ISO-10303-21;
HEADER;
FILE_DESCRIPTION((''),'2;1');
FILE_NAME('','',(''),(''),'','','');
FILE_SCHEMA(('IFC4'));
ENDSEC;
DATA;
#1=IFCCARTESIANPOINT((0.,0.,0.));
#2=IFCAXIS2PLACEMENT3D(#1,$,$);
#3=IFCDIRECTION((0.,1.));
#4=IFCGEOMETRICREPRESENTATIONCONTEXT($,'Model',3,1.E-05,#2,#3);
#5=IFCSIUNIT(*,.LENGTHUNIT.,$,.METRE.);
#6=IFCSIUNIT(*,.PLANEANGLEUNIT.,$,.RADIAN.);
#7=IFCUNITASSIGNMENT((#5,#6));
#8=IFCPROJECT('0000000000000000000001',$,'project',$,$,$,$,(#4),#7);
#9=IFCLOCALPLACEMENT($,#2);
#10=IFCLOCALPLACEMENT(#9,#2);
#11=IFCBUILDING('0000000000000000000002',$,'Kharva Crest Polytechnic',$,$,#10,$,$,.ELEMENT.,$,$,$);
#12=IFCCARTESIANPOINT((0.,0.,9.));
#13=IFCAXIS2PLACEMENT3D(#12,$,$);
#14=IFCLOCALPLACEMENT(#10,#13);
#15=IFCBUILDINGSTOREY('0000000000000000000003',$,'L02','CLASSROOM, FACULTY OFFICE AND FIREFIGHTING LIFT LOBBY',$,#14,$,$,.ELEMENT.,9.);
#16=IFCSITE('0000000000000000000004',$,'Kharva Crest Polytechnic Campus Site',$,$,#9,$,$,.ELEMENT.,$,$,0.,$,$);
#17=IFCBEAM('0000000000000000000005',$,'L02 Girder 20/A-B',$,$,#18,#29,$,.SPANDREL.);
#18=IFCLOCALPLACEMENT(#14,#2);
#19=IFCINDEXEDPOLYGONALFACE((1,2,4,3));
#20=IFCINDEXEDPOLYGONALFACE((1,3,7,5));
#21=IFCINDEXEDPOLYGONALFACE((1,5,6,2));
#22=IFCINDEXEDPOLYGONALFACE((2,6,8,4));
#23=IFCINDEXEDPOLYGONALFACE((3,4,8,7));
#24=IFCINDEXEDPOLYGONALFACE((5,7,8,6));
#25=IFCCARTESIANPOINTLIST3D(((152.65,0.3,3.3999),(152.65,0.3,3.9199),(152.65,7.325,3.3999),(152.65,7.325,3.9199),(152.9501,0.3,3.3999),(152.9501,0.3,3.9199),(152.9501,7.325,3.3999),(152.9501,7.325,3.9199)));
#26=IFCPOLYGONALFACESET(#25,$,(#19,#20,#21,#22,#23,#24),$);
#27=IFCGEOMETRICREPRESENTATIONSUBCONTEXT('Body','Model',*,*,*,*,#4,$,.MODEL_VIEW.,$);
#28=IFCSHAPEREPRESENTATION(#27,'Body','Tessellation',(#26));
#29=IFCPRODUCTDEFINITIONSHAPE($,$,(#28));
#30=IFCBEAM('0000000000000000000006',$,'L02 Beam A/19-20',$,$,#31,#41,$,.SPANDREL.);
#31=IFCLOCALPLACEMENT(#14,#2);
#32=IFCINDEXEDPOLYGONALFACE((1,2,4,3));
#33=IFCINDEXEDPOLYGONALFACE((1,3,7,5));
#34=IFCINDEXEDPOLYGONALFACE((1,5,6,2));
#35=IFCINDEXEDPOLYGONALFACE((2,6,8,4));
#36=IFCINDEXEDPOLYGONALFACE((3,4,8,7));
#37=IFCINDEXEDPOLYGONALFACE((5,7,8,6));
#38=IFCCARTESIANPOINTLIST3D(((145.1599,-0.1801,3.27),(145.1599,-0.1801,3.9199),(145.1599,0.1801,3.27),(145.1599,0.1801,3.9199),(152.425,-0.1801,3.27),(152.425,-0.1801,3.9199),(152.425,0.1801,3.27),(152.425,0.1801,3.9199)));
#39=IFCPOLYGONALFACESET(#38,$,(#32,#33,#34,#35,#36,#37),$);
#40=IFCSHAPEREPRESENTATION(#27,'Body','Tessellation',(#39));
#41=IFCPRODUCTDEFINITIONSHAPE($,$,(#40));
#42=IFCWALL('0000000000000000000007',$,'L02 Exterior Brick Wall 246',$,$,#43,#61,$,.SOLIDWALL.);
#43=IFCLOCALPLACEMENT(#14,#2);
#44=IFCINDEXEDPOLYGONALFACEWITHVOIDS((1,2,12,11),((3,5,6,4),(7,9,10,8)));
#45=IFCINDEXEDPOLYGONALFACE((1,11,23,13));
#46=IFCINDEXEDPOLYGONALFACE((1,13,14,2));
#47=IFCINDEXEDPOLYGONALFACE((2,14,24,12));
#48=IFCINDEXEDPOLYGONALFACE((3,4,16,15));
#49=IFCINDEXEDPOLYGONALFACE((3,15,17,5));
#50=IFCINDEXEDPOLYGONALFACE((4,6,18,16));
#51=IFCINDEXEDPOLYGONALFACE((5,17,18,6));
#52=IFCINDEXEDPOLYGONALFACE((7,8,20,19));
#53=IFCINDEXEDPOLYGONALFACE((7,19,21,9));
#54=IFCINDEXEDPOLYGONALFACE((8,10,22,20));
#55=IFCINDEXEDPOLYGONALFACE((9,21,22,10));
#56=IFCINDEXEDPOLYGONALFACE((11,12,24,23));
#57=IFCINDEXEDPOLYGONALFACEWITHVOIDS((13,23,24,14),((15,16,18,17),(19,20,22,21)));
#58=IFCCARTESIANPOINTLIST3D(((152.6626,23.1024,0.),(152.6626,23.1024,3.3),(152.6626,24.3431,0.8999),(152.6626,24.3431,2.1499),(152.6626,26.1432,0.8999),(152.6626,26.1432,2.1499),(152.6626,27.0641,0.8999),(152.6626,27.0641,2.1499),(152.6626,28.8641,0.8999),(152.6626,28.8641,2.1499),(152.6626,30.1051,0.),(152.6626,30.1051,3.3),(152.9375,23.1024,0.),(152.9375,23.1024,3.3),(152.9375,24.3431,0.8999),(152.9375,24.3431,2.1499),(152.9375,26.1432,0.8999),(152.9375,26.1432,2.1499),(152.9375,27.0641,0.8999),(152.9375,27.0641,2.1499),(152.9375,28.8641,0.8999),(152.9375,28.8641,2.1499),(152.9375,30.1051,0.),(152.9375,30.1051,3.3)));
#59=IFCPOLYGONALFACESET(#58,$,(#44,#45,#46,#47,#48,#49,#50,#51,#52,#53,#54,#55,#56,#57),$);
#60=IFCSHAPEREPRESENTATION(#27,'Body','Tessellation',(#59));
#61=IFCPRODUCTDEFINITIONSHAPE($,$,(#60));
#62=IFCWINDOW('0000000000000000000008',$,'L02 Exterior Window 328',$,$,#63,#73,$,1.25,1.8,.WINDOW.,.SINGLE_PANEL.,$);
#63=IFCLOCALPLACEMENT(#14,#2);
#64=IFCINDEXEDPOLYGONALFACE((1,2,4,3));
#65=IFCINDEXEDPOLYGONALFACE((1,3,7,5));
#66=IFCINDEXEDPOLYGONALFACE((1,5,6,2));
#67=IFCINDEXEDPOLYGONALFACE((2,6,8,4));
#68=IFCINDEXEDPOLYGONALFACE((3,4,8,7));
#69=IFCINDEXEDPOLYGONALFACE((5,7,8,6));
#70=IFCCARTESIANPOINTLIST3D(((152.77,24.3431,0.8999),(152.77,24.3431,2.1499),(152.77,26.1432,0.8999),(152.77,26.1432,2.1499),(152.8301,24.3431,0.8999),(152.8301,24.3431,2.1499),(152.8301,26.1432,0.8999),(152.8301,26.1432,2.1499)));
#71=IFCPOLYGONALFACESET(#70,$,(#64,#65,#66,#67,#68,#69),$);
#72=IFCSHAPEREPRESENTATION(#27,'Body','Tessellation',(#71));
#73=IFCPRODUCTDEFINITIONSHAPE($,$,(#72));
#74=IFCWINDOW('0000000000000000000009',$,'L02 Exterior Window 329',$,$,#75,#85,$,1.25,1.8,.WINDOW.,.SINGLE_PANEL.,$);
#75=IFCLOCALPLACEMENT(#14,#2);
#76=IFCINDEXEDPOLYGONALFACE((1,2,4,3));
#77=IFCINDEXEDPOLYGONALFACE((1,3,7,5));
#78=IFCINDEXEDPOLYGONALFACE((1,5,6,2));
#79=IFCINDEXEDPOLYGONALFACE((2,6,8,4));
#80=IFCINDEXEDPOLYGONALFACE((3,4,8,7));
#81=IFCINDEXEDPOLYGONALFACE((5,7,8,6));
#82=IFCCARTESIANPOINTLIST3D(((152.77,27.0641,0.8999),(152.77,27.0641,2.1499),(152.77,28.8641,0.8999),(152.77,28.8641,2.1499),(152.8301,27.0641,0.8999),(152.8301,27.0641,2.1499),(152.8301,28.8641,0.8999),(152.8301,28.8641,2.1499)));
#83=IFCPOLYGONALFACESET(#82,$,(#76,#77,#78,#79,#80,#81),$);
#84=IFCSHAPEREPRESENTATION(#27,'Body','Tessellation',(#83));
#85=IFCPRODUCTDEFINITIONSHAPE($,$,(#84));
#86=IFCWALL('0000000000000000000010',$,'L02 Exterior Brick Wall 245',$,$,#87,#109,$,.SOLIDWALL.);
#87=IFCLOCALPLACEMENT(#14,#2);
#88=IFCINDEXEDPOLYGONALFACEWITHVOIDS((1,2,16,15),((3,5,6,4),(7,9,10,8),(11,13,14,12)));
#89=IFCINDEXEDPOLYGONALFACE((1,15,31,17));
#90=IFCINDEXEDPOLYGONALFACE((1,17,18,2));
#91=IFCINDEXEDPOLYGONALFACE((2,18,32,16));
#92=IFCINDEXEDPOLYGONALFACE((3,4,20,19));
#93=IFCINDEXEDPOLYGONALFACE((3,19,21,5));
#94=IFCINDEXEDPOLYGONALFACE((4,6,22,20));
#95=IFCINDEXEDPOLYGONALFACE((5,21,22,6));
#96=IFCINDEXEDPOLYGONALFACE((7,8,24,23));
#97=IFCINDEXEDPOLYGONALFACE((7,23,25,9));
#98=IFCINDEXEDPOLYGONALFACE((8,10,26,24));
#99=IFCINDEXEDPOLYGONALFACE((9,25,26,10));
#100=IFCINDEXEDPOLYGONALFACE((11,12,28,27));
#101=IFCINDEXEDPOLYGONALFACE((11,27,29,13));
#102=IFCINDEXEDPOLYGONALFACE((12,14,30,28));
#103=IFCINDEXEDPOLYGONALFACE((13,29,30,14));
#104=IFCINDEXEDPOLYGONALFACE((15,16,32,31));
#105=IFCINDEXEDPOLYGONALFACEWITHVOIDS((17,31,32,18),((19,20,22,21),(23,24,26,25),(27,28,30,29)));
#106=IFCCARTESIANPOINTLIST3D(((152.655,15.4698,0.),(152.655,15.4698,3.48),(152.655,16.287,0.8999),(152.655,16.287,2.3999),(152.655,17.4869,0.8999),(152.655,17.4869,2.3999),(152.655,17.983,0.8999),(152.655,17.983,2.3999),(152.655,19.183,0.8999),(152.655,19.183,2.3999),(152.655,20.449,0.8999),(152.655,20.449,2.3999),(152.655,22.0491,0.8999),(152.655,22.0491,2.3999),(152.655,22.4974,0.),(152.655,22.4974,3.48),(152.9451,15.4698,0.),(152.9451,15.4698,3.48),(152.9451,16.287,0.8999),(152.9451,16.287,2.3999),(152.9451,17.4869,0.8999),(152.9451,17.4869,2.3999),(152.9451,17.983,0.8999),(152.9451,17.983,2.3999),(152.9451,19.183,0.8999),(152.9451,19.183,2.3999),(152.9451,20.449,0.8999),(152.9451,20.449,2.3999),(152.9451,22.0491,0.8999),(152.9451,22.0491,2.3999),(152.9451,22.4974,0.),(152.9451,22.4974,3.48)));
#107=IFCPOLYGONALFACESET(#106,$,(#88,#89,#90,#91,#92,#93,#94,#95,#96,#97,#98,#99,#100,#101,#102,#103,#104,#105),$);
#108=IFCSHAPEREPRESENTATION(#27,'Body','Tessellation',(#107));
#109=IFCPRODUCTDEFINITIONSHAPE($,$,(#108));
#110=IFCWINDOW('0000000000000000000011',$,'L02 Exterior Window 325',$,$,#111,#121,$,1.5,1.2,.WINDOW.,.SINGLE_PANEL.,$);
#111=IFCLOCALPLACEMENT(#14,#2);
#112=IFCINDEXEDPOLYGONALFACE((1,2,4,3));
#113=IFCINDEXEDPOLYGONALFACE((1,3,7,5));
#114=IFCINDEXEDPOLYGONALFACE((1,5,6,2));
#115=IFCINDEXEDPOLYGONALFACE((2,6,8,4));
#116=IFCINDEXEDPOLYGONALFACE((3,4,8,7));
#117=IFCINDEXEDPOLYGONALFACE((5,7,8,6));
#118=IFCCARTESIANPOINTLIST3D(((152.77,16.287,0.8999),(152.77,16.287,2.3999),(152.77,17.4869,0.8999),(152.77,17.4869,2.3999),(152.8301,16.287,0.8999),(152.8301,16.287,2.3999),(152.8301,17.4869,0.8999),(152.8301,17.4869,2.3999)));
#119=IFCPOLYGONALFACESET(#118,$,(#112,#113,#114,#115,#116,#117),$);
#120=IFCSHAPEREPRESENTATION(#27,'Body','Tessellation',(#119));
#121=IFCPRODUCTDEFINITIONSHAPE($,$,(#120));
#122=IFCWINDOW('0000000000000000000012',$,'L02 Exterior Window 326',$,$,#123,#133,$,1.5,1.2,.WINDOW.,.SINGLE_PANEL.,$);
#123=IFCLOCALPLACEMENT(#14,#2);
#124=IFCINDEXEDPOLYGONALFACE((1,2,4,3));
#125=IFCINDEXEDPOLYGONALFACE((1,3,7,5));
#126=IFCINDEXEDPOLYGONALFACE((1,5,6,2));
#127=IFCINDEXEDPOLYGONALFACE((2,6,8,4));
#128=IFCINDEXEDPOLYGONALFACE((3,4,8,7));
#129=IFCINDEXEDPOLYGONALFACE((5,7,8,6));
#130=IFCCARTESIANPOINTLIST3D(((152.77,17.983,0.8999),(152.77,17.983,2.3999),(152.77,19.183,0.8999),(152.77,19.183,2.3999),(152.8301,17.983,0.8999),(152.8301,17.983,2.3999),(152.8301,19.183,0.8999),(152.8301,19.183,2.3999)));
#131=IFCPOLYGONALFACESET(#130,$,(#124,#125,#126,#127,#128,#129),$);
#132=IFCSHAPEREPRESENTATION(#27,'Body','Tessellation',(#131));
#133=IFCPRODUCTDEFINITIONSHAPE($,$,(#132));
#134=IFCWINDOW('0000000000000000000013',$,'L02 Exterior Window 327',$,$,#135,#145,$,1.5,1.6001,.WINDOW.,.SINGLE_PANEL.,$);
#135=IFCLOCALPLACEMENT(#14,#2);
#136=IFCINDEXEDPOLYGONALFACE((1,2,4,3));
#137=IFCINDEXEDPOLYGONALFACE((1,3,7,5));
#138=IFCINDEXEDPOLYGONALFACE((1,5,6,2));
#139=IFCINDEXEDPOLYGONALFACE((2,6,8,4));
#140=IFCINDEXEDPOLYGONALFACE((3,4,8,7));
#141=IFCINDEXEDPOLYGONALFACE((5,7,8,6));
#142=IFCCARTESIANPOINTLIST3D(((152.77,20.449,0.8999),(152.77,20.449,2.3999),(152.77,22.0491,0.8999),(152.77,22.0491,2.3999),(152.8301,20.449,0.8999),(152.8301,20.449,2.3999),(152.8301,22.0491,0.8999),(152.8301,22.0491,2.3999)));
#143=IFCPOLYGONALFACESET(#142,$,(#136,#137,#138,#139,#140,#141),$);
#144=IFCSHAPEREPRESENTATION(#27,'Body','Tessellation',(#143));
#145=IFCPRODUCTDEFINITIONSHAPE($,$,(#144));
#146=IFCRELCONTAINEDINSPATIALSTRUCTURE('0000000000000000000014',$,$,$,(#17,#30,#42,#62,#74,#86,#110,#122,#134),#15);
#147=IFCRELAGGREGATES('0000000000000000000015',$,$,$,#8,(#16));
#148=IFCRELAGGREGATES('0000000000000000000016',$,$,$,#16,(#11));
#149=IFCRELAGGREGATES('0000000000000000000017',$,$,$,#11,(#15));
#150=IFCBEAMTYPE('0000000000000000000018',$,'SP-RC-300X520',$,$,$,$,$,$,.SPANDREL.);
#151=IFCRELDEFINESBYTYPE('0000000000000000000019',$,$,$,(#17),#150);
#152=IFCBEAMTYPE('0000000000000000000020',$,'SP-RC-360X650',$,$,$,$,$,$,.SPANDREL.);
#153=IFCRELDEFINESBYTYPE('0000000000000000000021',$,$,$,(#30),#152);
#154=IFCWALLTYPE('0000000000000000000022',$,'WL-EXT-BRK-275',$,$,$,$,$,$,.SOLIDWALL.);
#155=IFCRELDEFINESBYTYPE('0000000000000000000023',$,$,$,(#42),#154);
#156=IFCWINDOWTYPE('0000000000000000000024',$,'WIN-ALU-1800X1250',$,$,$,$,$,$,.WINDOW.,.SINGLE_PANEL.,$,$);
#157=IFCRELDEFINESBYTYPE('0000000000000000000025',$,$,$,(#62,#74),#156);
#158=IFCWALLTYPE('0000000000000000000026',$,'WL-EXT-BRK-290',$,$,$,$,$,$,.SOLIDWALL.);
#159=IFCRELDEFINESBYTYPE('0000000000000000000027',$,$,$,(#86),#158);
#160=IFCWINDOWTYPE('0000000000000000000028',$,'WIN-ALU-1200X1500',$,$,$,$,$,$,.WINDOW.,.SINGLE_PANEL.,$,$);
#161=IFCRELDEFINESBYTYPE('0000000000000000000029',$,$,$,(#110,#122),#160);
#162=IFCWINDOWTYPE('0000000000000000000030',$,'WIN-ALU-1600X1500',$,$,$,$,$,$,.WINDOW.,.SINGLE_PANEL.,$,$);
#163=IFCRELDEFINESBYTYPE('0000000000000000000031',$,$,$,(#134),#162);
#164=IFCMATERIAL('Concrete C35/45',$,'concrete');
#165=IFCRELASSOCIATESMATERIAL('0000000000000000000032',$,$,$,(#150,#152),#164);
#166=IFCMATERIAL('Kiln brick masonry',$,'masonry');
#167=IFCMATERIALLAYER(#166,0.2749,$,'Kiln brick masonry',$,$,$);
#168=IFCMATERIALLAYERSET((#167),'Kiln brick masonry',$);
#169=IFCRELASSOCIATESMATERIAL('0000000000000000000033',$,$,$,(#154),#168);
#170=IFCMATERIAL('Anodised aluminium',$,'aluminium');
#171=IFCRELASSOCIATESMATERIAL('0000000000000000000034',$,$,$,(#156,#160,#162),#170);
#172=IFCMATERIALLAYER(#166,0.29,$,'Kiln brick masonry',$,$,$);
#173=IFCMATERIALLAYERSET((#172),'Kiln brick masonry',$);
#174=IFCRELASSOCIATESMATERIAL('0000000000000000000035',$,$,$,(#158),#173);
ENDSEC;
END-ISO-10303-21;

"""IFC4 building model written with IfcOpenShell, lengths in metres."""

from ifc_helpers import new_model, si_unit, direction, frame, frame_2d, origin, origin_2d, place, context, subcontext, project, spatial, rectangle, extrude, material, layer, layer_set, material_profile, profile_set, type_object, element, fill, save


model = new_model("IFC4")

# Units and contexts
model_context = context("Model", 3, precision=1e-05, world=origin(), true_north=direction((0.0, 1.0)))
body_context = subcontext(model_context, "Body", "Model", "MODEL_VIEW")
ifc_project = project(units=[si_unit("LENGTHUNIT", "METRE"), si_unit("PLANEANGLEUNIT", "RADIAN")], contexts=[model_context])

# Site, building, storey
site_placement = place(None, origin())
site = spatial("IfcSite", under=ifc_project, at=site_placement, Name="Kharva Crest Polytechnic Campus Site", CompositionType="ELEMENT", RefElevation=0.0)
building_placement = place(site_placement, origin())
building = spatial("IfcBuilding", under=site, at=building_placement, Name="Kharva Crest Polytechnic", CompositionType="ELEMENT")
storey_placement = place(building_placement, frame((0.0, 0.0, 9.0)))
storey = spatial("IfcBuildingStorey", under=building, at=storey_placement, Name="L02", Description="CLASSROOM, FACULTY OFFICE AND FIREFIGHTING LIFT LOBBY", CompositionType="ELEMENT", Elevation=9.0)

# Beams
ifc_material_1 = material(Name="Concrete C35/45", Category="concrete")
ifc_material_profile_1 = material_profile(ifc_material_1, rectangle(XDim=0.3, YDim=0.52, at=origin_2d()), Name="RECT 300 X 520")
ifc_profile_set_1 = profile_set([ifc_material_profile_1], Name="Concrete C35/45")
beam_type_1 = type_object("IfcBeamType", Name="SP-RC-300X520", PredefinedType="SPANDREL", material=ifc_profile_set_1)
beam_1_placement = place(storey_placement, frame((152.8, 0.3, 3.6599), z_axis=(0.0, 1.0, 0.0), x_axis=(-1.0, 0.0, 0.0)))
element("IfcBeam", 1, at=beam_1_placement, inside=storey, type_object=beam_type_1, Name="L02 Girder 20/A-B", PredefinedType="SPANDREL", context=body_context, shape_type="SweptSolid", body=[
    extrude(rectangle(XDim=0.3, YDim=0.52, at=origin_2d()), origin(), (0.0, 0.0, 1.0), 7.0249),
])
ifc_material_profile_2 = material_profile(ifc_material_1, rectangle(XDim=0.3601, YDim=0.6499, at=origin_2d()), Name="RECT 360 X 650")
ifc_profile_set_2 = profile_set([ifc_material_profile_2], Name="Concrete C35/45")
beam_type_2 = type_object("IfcBeamType", Name="SP-RC-360X650", PredefinedType="SPANDREL", material=ifc_profile_set_2)
beam_2_placement = place(storey_placement, frame((145.1599, 0.0, 3.595), z_axis=(1.0, 0.0, 0.0), x_axis=(0.0, 1.0, 0.0)))
element("IfcBeam", 2, at=beam_2_placement, inside=storey, type_object=beam_type_2, Name="L02 Beam A/19-20", PredefinedType="SPANDREL", context=body_context, shape_type="SweptSolid", body=[
    extrude(rectangle(XDim=0.3601, YDim=0.6499, at=origin_2d()), origin(), (0.0, 0.0, 1.0), 7.2651),
])

# Walls, openings, windows
ifc_material_2 = material(Name="Kiln brick masonry", Category="masonry")
ifc_layer_1 = layer(ifc_material_2, 0.2749, Name="Kiln brick masonry")
ifc_layer_set_1 = layer_set([ifc_layer_1], Name="Kiln brick masonry")
wall_type_1 = type_object("IfcWallType", Name="WL-EXT-BRK-275", PredefinedType="SOLIDWALL", material=ifc_layer_set_1)
wall_1_placement = place(storey_placement, frame((152.8, 23.1023, 0.0), z_axis=(0.0, 0.0, 1.0), x_axis=(0.0, 1.0, 0.0)))
wall_1 = element("IfcWall", 3, at=wall_1_placement, inside=storey, type_object=wall_type_1, Name="L02 Exterior Brick Wall 246", PredefinedType="SOLIDWALL", context=body_context, shape_type="SweptSolid", body=[
    extrude(rectangle(XDim=7.0027, YDim=0.2749, at=frame_2d((3.5015, 0.0))), origin(), (0.0, 0.0, 1.0), 3.3),
])
opening_1_placement = place(wall_1_placement, frame((1.241, 0.0, 0.8999)))
opening_1 = element("IfcOpeningElement", 4, at=opening_1_placement, cuts=wall_1, PredefinedType="OPENING", context=body_context, shape_type="SweptSolid", body=[
    extrude(rectangle(XDim=1.8, YDim=1.25, at=frame_2d((0.8999, 0.625))), frame((0.0, 0.1475, 0.0), z_axis=(0.0, -1.0, 0.0), x_axis=(1.0, 0.0, 0.0)), (0.0, 0.0, 1.0), 0.2949),
])
opening_2_placement = place(wall_1_placement, frame((3.9619, 0.0, 0.8999)))
opening_2 = element("IfcOpeningElement", 5, at=opening_2_placement, cuts=wall_1, PredefinedType="OPENING", context=body_context, shape_type="SweptSolid", body=[
    extrude(rectangle(XDim=1.8, YDim=1.25, at=frame_2d((0.8999, 0.625))), frame((0.0, 0.1475, 0.0), z_axis=(0.0, -1.0, 0.0), x_axis=(1.0, 0.0, 0.0)), (0.0, 0.0, 1.0), 0.2949),
])
ifc_material_3 = material(Name="Anodised aluminium", Category="aluminium")
window_type_1 = type_object("IfcWindowType", Name="WIN-ALU-1800X1250", PartitioningType="SINGLE_PANEL", PredefinedType="WINDOW", material=ifc_material_3)
window_1_placement = place(opening_1_placement, origin())
window_1 = element("IfcWindow", 6, at=window_1_placement, inside=storey, type_object=window_type_1, Name="L02 Exterior Window 328", OverallHeight=1.25, OverallWidth=1.8, PartitioningType="SINGLE_PANEL", PredefinedType="WINDOW", context=body_context, shape_type="SweptSolid", body=[
    extrude(rectangle(XDim=1.8, YDim=1.25, at=frame_2d((0.8999, 0.625))), frame((0.0, 0.03, 0.0), z_axis=(0.0, -1.0, 0.0), x_axis=(1.0, 0.0, 0.0)), (0.0, 0.0, 1.0), 0.0601),
])
fill(opening_1, window_1)
window_2_placement = place(opening_2_placement, origin())
window_2 = element("IfcWindow", 7, at=window_2_placement, inside=storey, type_object=window_type_1, Name="L02 Exterior Window 329", OverallHeight=1.25, OverallWidth=1.8, PartitioningType="SINGLE_PANEL", PredefinedType="WINDOW", context=body_context, shape_type="SweptSolid", body=[
    extrude(rectangle(XDim=1.8, YDim=1.25, at=frame_2d((0.8999, 0.625))), frame((0.0, 0.03, 0.0), z_axis=(0.0, -1.0, 0.0), x_axis=(1.0, 0.0, 0.0)), (0.0, 0.0, 1.0), 0.0601),
])
fill(opening_2, window_2)
ifc_layer_2 = layer(ifc_material_2, 0.29, Name="Kiln brick masonry")
ifc_layer_set_2 = layer_set([ifc_layer_2], Name="Kiln brick masonry")
wall_type_2 = type_object("IfcWallType", Name="WL-EXT-BRK-290", PredefinedType="SOLIDWALL", material=ifc_layer_set_2)
wall_2_placement = place(storey_placement, frame((152.8, 15.47, 0.0), z_axis=(0.0, 0.0, 1.0), x_axis=(0.0, 1.0, 0.0)))
wall_2 = element("IfcWall", 8, at=wall_2_placement, inside=storey, type_object=wall_type_2, Name="L02 Exterior Brick Wall 245", PredefinedType="SOLIDWALL", context=body_context, shape_type="SweptSolid", body=[
    extrude(rectangle(XDim=7.0276, YDim=0.29, at=frame_2d((3.5137, 0.0))), origin(), (0.0, 0.0, 1.0), 3.48),
])
opening_3_placement = place(wall_2_placement, frame((0.8169, 0.0, 0.8999)))
opening_3 = element("IfcOpeningElement", 9, at=opening_3_placement, cuts=wall_2, PredefinedType="OPENING", context=body_context, shape_type="SweptSolid", body=[
    extrude(rectangle(XDim=1.2, YDim=1.5, at=frame_2d((0.6001, 0.75))), frame((0.0, 0.155, 0.0), z_axis=(0.0, -1.0, 0.0), x_axis=(1.0, 0.0, 0.0)), (0.0, 0.0, 1.0), 0.3101),
])
opening_4_placement = place(wall_2_placement, frame((2.5129, 0.0, 0.8999)))
opening_4 = element("IfcOpeningElement", 10, at=opening_4_placement, cuts=wall_2, PredefinedType="OPENING", context=body_context, shape_type="SweptSolid", body=[
    extrude(rectangle(XDim=1.2, YDim=1.5, at=frame_2d((0.6001, 0.75))), frame((0.0, 0.155, 0.0), z_axis=(0.0, -1.0, 0.0), x_axis=(1.0, 0.0, 0.0)), (0.0, 0.0, 1.0), 0.3101),
])
opening_5_placement = place(wall_2_placement, frame((4.979, 0.0, 0.8999)))
opening_5 = element("IfcOpeningElement", 11, at=opening_5_placement, cuts=wall_2, PredefinedType="OPENING", context=body_context, shape_type="SweptSolid", body=[
    extrude(rectangle(XDim=1.6001, YDim=1.5, at=frame_2d((0.8, 0.75))), frame((0.0, 0.155, 0.0), z_axis=(0.0, -1.0, 0.0), x_axis=(1.0, 0.0, 0.0)), (0.0, 0.0, 1.0), 0.3101),
])
window_type_2 = type_object("IfcWindowType", Name="WIN-ALU-1200X1500", PartitioningType="SINGLE_PANEL", PredefinedType="WINDOW", material=ifc_material_3)
window_3_placement = place(opening_3_placement, origin())
window_3 = element("IfcWindow", 12, at=window_3_placement, inside=storey, type_object=window_type_2, Name="L02 Exterior Window 325", OverallHeight=1.5, OverallWidth=1.2, PartitioningType="SINGLE_PANEL", PredefinedType="WINDOW", context=body_context, shape_type="SweptSolid", body=[
    extrude(rectangle(XDim=1.2, YDim=1.5, at=frame_2d((0.6001, 0.75))), frame((0.0, 0.03, 0.0), z_axis=(0.0, -1.0, 0.0), x_axis=(1.0, 0.0, 0.0)), (0.0, 0.0, 1.0), 0.0601),
])
fill(opening_3, window_3)
window_4_placement = place(opening_4_placement, origin())
window_4 = element("IfcWindow", 13, at=window_4_placement, inside=storey, type_object=window_type_2, Name="L02 Exterior Window 326", OverallHeight=1.5, OverallWidth=1.2, PartitioningType="SINGLE_PANEL", PredefinedType="WINDOW", context=body_context, shape_type="SweptSolid", body=[
    extrude(rectangle(XDim=1.2, YDim=1.5, at=frame_2d((0.6001, 0.75))), frame((0.0, 0.03, 0.0), z_axis=(0.0, -1.0, 0.0), x_axis=(1.0, 0.0, 0.0)), (0.0, 0.0, 1.0), 0.0601),
])
fill(opening_4, window_4)
window_type_3 = type_object("IfcWindowType", Name="WIN-ALU-1600X1500", PartitioningType="SINGLE_PANEL", PredefinedType="WINDOW", material=ifc_material_3)
window_5_placement = place(opening_5_placement, origin())
window_5 = element("IfcWindow", 14, at=window_5_placement, inside=storey, type_object=window_type_3, Name="L02 Exterior Window 327", OverallHeight=1.5, OverallWidth=1.6001, PartitioningType="SINGLE_PANEL", PredefinedType="WINDOW", context=body_context, shape_type="SweptSolid", body=[
    extrude(rectangle(XDim=1.6001, YDim=1.5, at=frame_2d((0.8, 0.75))), frame((0.0, 0.03, 0.0), z_axis=(0.0, -1.0, 0.0), x_axis=(1.0, 0.0, 0.0)), (0.0, 0.0, 1.0), 0.0601),
])
fill(opening_5, window_5)

save(model, "model.ifc")
